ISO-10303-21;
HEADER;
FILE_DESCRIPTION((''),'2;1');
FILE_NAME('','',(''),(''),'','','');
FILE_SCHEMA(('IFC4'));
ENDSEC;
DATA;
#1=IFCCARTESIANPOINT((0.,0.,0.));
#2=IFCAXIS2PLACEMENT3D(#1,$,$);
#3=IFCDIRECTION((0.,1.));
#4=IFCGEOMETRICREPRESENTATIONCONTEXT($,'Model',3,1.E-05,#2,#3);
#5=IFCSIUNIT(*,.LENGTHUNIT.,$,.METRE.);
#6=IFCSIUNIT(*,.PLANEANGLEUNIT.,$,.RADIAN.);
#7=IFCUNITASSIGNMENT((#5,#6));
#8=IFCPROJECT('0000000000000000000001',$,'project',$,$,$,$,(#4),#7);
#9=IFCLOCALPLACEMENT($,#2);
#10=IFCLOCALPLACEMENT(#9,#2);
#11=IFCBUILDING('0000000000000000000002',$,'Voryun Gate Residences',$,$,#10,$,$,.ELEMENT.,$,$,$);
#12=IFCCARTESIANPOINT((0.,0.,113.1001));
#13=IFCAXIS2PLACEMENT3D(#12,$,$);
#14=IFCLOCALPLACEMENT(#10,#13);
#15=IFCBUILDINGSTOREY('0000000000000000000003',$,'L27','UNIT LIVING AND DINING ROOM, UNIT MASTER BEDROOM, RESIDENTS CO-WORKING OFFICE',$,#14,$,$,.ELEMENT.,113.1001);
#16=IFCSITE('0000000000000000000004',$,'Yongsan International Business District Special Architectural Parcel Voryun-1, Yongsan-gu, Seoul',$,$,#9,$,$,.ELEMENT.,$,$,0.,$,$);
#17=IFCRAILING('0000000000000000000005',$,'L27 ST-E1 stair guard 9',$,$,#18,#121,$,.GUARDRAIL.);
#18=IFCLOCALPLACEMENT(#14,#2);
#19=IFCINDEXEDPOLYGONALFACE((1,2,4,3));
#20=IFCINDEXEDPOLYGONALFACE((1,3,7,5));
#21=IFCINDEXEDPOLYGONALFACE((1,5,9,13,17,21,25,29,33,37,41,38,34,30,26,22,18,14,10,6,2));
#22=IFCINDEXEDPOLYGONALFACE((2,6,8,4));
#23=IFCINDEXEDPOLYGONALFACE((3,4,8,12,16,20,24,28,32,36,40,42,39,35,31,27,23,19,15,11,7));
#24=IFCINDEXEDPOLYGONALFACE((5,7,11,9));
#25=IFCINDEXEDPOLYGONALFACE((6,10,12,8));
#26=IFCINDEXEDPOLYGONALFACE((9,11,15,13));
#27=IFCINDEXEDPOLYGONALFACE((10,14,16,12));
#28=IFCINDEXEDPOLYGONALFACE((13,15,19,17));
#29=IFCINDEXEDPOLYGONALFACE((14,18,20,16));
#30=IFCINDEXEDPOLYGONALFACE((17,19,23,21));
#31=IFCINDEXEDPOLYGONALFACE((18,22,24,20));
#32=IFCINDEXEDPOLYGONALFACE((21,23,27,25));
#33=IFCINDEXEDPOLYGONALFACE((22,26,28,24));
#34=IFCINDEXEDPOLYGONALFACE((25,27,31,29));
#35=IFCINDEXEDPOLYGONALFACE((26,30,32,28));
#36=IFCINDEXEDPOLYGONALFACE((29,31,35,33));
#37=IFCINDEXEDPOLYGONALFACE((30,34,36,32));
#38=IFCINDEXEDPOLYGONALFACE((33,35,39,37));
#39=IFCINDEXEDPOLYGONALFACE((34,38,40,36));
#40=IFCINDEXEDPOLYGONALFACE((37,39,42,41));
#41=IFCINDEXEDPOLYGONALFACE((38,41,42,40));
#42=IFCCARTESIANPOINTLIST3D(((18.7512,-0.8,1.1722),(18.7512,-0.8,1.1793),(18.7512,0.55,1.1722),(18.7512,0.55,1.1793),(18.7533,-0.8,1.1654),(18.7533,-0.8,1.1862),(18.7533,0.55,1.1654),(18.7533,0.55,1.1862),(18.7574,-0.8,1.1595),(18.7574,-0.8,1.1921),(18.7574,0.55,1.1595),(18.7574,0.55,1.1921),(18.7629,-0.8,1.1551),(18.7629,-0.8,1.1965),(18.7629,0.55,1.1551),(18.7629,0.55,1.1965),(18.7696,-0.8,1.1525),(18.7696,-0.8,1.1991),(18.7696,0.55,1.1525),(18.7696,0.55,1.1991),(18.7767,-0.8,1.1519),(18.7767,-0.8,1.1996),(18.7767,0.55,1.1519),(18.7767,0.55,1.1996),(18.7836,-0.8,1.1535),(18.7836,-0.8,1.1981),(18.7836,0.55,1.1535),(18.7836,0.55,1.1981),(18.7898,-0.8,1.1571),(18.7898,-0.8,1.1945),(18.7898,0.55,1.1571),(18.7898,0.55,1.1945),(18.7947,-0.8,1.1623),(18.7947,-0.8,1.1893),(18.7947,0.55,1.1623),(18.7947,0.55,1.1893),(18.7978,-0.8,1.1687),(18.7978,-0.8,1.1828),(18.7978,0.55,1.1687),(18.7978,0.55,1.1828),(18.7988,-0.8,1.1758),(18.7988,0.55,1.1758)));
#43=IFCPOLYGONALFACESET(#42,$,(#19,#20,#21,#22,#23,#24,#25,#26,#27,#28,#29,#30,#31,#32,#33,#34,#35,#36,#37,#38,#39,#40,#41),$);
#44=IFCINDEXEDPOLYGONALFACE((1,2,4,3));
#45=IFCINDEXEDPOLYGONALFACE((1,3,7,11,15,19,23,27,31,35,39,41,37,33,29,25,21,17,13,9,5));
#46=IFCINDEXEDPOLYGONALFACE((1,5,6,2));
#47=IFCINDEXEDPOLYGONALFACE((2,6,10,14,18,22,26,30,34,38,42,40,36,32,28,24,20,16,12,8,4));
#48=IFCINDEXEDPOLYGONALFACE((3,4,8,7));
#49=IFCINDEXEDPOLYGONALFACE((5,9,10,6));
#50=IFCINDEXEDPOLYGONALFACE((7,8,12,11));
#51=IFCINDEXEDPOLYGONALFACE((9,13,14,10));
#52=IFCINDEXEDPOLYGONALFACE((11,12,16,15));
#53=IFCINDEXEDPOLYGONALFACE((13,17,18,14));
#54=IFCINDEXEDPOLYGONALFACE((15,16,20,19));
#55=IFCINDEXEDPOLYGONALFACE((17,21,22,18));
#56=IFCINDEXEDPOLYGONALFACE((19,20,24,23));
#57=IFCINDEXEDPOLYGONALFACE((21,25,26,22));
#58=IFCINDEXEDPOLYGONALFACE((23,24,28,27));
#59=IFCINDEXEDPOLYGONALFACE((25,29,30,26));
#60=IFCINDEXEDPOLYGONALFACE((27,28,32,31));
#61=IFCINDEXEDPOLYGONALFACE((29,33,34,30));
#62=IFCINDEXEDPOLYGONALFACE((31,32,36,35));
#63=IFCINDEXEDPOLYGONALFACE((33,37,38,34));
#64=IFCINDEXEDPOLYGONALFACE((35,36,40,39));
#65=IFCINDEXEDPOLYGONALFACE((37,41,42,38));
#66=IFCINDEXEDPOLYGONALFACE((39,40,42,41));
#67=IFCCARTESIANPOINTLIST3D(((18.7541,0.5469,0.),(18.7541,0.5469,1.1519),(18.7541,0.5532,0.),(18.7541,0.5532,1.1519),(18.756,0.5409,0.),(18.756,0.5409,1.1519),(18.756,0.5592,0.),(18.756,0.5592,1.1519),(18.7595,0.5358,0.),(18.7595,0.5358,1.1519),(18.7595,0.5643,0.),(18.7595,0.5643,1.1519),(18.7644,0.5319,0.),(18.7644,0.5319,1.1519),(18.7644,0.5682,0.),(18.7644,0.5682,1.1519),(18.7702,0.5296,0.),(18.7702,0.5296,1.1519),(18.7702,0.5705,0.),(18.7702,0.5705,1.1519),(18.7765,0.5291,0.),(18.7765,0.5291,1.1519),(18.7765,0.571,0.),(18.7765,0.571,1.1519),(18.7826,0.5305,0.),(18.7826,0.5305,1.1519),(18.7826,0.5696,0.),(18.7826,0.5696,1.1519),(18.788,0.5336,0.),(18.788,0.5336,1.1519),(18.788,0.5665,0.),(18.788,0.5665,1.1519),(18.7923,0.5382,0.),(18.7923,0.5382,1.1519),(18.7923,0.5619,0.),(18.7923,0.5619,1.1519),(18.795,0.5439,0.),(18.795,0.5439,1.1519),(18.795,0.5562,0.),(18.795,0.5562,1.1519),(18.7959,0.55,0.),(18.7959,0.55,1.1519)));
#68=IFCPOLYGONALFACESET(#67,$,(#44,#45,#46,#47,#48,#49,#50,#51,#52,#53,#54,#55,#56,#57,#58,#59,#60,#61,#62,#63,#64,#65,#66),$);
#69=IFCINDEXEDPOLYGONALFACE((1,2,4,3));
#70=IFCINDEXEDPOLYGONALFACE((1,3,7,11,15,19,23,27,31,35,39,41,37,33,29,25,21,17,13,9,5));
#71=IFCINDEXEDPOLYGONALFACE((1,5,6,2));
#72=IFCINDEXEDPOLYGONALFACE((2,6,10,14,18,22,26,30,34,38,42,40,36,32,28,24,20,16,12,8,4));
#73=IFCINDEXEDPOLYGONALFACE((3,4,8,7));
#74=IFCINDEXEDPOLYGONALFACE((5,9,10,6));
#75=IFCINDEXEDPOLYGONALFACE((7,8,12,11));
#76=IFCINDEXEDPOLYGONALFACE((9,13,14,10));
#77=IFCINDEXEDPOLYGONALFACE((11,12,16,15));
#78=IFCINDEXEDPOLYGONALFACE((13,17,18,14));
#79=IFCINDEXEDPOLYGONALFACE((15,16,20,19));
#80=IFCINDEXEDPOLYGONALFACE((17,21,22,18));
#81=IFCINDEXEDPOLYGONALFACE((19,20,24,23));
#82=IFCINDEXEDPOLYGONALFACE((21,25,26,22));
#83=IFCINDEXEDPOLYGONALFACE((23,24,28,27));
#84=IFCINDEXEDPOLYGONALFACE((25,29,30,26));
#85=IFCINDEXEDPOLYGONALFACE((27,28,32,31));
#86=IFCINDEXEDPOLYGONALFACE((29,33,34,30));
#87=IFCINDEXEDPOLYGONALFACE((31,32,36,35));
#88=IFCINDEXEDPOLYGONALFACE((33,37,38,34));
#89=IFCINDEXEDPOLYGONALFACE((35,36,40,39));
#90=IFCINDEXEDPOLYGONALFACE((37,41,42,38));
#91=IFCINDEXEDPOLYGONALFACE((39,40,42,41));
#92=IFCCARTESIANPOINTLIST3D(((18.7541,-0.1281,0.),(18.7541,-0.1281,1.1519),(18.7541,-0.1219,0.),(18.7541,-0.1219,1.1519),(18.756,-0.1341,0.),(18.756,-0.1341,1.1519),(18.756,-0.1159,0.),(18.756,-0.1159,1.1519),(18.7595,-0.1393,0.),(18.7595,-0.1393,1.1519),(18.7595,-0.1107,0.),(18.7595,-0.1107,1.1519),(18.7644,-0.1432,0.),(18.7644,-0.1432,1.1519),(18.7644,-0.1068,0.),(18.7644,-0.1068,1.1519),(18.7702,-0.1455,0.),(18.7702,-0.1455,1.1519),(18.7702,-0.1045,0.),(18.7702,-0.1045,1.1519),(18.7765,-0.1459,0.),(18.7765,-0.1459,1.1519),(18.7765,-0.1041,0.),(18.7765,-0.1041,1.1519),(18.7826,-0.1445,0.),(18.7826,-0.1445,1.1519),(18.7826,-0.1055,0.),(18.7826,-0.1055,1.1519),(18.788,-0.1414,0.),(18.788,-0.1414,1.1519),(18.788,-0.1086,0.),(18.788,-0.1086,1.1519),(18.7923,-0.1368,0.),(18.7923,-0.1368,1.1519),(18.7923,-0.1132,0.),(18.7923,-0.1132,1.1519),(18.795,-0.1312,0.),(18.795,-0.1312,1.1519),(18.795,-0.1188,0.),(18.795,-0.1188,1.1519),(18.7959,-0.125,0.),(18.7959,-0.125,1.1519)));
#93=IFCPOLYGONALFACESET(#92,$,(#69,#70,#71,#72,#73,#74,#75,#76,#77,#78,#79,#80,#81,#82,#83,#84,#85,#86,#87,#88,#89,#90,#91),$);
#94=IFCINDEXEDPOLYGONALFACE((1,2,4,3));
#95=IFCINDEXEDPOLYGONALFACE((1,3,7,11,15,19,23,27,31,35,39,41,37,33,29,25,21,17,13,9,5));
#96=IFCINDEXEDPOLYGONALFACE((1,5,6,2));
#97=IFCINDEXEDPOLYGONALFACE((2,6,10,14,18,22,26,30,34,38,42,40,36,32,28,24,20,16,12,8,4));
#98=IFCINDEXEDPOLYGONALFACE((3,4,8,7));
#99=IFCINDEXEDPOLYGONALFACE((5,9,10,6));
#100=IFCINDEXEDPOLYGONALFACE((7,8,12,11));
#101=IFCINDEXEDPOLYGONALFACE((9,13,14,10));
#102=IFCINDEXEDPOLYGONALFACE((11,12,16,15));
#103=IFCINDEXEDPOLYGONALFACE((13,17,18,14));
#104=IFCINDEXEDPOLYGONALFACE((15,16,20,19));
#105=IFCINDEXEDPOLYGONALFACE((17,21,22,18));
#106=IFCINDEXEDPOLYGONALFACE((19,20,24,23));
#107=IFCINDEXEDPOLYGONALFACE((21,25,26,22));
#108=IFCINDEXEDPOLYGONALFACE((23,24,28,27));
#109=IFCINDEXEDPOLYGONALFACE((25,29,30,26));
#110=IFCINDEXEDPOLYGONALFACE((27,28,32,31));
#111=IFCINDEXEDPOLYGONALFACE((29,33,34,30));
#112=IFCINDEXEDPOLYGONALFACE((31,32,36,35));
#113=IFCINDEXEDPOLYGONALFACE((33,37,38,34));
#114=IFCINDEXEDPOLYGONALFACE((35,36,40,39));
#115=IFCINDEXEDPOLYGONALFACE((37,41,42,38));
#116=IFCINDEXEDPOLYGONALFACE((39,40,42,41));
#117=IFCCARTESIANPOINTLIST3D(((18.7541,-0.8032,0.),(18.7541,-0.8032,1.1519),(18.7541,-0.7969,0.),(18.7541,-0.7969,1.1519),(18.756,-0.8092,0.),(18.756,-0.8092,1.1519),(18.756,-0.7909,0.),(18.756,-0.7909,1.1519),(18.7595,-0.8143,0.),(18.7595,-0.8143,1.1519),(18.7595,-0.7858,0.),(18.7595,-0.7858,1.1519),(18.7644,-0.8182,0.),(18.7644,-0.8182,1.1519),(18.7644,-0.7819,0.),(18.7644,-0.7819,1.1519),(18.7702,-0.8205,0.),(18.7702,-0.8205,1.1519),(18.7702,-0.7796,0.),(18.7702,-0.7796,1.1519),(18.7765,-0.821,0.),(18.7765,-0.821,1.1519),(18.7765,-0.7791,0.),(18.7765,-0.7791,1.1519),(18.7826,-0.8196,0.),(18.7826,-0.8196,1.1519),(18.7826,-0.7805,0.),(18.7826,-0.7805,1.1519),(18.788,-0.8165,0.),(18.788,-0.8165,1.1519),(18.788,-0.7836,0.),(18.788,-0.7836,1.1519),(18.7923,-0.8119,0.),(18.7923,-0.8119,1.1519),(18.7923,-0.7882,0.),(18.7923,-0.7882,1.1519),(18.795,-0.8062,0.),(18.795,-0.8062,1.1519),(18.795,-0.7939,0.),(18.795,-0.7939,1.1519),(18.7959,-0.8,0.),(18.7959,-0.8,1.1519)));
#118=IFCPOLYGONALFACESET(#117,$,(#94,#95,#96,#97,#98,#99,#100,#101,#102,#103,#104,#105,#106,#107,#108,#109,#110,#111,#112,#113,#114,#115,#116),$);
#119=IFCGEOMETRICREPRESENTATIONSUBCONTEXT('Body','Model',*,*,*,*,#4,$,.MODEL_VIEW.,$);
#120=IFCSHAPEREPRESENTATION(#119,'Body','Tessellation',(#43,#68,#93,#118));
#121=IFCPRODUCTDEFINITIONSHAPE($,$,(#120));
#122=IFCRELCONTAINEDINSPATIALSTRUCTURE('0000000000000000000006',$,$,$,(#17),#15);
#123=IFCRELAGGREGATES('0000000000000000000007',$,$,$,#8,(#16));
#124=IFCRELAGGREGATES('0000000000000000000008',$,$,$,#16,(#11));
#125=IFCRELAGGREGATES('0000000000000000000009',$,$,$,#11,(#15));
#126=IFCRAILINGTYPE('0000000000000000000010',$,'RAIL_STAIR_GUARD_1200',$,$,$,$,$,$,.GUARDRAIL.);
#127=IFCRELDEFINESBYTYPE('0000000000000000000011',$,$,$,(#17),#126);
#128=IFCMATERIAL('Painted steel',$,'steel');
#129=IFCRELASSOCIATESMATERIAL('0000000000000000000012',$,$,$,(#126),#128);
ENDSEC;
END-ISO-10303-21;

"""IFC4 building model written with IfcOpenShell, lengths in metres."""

from ifc_helpers import new_model, si_unit, direction, frame, origin, origin_2d, place, context, subcontext, project, spatial, circle, extrude, material, type_object, element, save


model = new_model("IFC4")

# Units and contexts
model_context = context("Model", 3, precision=1e-05, world=origin(), true_north=direction((0.0, 1.0)))
body_context = subcontext(model_context, "Body", "Model", "MODEL_VIEW")
ifc_project = project(units=[si_unit("LENGTHUNIT", "METRE"), si_unit("PLANEANGLEUNIT", "RADIAN")], contexts=[model_context])

# Site, building, storey
site_placement = place(None, origin())
site = spatial("IfcSite", under=ifc_project, at=site_placement, Name="Yongsan International Business District Special Architectural Parcel Voryun-1, Yongsan-gu, Seoul", CompositionType="ELEMENT", RefElevation=0.0)
building_placement = place(site_placement, origin())
building = spatial("IfcBuilding", under=site, at=building_placement, Name="Voryun Gate Residences", CompositionType="ELEMENT")
storey_placement = place(building_placement, frame((0.0, 0.0, 113.1001)))
storey = spatial("IfcBuildingStorey", under=building, at=storey_placement, Name="L27", Description="UNIT LIVING AND DINING ROOM, UNIT MASTER BEDROOM, RESIDENTS CO-WORKING OFFICE", CompositionType="ELEMENT", Elevation=113.1001)

# Railing
ifc_material_1 = material(Name="Painted steel", Category="steel")
railing_type = type_object("IfcRailingType", Name="RAIL_STAIR_GUARD_1200", PredefinedType="GUARDRAIL", material=ifc_material_1)
railing_1_placement = place(storey_placement, frame((18.7749, 0.55, 0.0)))
element("IfcRailing", 1, at=railing_1_placement, inside=storey, type_object=railing_type, Name="L27 ST-E1 stair guard 9", PredefinedType="GUARDRAIL", context=body_context, shape_type="SweptSolid", body=[
    extrude(circle(Radius=0.0239, at=origin_2d()), frame((0.0, 0.0, 1.1758), z_axis=(0.0, -1.0, 0.0), x_axis=(1.0, 0.0, 0.0)), (0.0, 0.0, 1.0), 1.3501),
    extrude(circle(Radius=0.021, at=origin_2d()), origin(), (0.0, 0.0, 1.0), 1.1519),
    extrude(circle(Radius=0.021, at=origin_2d()), frame((0.0, -0.675, 0.0)), (0.0, 0.0, 1.0), 1.1519),
    extrude(circle(Radius=0.021, at=origin_2d()), frame((0.0, -1.3501, 0.0)), (0.0, 0.0, 1.0), 1.1519),
])

save(model, "model.ifc")
